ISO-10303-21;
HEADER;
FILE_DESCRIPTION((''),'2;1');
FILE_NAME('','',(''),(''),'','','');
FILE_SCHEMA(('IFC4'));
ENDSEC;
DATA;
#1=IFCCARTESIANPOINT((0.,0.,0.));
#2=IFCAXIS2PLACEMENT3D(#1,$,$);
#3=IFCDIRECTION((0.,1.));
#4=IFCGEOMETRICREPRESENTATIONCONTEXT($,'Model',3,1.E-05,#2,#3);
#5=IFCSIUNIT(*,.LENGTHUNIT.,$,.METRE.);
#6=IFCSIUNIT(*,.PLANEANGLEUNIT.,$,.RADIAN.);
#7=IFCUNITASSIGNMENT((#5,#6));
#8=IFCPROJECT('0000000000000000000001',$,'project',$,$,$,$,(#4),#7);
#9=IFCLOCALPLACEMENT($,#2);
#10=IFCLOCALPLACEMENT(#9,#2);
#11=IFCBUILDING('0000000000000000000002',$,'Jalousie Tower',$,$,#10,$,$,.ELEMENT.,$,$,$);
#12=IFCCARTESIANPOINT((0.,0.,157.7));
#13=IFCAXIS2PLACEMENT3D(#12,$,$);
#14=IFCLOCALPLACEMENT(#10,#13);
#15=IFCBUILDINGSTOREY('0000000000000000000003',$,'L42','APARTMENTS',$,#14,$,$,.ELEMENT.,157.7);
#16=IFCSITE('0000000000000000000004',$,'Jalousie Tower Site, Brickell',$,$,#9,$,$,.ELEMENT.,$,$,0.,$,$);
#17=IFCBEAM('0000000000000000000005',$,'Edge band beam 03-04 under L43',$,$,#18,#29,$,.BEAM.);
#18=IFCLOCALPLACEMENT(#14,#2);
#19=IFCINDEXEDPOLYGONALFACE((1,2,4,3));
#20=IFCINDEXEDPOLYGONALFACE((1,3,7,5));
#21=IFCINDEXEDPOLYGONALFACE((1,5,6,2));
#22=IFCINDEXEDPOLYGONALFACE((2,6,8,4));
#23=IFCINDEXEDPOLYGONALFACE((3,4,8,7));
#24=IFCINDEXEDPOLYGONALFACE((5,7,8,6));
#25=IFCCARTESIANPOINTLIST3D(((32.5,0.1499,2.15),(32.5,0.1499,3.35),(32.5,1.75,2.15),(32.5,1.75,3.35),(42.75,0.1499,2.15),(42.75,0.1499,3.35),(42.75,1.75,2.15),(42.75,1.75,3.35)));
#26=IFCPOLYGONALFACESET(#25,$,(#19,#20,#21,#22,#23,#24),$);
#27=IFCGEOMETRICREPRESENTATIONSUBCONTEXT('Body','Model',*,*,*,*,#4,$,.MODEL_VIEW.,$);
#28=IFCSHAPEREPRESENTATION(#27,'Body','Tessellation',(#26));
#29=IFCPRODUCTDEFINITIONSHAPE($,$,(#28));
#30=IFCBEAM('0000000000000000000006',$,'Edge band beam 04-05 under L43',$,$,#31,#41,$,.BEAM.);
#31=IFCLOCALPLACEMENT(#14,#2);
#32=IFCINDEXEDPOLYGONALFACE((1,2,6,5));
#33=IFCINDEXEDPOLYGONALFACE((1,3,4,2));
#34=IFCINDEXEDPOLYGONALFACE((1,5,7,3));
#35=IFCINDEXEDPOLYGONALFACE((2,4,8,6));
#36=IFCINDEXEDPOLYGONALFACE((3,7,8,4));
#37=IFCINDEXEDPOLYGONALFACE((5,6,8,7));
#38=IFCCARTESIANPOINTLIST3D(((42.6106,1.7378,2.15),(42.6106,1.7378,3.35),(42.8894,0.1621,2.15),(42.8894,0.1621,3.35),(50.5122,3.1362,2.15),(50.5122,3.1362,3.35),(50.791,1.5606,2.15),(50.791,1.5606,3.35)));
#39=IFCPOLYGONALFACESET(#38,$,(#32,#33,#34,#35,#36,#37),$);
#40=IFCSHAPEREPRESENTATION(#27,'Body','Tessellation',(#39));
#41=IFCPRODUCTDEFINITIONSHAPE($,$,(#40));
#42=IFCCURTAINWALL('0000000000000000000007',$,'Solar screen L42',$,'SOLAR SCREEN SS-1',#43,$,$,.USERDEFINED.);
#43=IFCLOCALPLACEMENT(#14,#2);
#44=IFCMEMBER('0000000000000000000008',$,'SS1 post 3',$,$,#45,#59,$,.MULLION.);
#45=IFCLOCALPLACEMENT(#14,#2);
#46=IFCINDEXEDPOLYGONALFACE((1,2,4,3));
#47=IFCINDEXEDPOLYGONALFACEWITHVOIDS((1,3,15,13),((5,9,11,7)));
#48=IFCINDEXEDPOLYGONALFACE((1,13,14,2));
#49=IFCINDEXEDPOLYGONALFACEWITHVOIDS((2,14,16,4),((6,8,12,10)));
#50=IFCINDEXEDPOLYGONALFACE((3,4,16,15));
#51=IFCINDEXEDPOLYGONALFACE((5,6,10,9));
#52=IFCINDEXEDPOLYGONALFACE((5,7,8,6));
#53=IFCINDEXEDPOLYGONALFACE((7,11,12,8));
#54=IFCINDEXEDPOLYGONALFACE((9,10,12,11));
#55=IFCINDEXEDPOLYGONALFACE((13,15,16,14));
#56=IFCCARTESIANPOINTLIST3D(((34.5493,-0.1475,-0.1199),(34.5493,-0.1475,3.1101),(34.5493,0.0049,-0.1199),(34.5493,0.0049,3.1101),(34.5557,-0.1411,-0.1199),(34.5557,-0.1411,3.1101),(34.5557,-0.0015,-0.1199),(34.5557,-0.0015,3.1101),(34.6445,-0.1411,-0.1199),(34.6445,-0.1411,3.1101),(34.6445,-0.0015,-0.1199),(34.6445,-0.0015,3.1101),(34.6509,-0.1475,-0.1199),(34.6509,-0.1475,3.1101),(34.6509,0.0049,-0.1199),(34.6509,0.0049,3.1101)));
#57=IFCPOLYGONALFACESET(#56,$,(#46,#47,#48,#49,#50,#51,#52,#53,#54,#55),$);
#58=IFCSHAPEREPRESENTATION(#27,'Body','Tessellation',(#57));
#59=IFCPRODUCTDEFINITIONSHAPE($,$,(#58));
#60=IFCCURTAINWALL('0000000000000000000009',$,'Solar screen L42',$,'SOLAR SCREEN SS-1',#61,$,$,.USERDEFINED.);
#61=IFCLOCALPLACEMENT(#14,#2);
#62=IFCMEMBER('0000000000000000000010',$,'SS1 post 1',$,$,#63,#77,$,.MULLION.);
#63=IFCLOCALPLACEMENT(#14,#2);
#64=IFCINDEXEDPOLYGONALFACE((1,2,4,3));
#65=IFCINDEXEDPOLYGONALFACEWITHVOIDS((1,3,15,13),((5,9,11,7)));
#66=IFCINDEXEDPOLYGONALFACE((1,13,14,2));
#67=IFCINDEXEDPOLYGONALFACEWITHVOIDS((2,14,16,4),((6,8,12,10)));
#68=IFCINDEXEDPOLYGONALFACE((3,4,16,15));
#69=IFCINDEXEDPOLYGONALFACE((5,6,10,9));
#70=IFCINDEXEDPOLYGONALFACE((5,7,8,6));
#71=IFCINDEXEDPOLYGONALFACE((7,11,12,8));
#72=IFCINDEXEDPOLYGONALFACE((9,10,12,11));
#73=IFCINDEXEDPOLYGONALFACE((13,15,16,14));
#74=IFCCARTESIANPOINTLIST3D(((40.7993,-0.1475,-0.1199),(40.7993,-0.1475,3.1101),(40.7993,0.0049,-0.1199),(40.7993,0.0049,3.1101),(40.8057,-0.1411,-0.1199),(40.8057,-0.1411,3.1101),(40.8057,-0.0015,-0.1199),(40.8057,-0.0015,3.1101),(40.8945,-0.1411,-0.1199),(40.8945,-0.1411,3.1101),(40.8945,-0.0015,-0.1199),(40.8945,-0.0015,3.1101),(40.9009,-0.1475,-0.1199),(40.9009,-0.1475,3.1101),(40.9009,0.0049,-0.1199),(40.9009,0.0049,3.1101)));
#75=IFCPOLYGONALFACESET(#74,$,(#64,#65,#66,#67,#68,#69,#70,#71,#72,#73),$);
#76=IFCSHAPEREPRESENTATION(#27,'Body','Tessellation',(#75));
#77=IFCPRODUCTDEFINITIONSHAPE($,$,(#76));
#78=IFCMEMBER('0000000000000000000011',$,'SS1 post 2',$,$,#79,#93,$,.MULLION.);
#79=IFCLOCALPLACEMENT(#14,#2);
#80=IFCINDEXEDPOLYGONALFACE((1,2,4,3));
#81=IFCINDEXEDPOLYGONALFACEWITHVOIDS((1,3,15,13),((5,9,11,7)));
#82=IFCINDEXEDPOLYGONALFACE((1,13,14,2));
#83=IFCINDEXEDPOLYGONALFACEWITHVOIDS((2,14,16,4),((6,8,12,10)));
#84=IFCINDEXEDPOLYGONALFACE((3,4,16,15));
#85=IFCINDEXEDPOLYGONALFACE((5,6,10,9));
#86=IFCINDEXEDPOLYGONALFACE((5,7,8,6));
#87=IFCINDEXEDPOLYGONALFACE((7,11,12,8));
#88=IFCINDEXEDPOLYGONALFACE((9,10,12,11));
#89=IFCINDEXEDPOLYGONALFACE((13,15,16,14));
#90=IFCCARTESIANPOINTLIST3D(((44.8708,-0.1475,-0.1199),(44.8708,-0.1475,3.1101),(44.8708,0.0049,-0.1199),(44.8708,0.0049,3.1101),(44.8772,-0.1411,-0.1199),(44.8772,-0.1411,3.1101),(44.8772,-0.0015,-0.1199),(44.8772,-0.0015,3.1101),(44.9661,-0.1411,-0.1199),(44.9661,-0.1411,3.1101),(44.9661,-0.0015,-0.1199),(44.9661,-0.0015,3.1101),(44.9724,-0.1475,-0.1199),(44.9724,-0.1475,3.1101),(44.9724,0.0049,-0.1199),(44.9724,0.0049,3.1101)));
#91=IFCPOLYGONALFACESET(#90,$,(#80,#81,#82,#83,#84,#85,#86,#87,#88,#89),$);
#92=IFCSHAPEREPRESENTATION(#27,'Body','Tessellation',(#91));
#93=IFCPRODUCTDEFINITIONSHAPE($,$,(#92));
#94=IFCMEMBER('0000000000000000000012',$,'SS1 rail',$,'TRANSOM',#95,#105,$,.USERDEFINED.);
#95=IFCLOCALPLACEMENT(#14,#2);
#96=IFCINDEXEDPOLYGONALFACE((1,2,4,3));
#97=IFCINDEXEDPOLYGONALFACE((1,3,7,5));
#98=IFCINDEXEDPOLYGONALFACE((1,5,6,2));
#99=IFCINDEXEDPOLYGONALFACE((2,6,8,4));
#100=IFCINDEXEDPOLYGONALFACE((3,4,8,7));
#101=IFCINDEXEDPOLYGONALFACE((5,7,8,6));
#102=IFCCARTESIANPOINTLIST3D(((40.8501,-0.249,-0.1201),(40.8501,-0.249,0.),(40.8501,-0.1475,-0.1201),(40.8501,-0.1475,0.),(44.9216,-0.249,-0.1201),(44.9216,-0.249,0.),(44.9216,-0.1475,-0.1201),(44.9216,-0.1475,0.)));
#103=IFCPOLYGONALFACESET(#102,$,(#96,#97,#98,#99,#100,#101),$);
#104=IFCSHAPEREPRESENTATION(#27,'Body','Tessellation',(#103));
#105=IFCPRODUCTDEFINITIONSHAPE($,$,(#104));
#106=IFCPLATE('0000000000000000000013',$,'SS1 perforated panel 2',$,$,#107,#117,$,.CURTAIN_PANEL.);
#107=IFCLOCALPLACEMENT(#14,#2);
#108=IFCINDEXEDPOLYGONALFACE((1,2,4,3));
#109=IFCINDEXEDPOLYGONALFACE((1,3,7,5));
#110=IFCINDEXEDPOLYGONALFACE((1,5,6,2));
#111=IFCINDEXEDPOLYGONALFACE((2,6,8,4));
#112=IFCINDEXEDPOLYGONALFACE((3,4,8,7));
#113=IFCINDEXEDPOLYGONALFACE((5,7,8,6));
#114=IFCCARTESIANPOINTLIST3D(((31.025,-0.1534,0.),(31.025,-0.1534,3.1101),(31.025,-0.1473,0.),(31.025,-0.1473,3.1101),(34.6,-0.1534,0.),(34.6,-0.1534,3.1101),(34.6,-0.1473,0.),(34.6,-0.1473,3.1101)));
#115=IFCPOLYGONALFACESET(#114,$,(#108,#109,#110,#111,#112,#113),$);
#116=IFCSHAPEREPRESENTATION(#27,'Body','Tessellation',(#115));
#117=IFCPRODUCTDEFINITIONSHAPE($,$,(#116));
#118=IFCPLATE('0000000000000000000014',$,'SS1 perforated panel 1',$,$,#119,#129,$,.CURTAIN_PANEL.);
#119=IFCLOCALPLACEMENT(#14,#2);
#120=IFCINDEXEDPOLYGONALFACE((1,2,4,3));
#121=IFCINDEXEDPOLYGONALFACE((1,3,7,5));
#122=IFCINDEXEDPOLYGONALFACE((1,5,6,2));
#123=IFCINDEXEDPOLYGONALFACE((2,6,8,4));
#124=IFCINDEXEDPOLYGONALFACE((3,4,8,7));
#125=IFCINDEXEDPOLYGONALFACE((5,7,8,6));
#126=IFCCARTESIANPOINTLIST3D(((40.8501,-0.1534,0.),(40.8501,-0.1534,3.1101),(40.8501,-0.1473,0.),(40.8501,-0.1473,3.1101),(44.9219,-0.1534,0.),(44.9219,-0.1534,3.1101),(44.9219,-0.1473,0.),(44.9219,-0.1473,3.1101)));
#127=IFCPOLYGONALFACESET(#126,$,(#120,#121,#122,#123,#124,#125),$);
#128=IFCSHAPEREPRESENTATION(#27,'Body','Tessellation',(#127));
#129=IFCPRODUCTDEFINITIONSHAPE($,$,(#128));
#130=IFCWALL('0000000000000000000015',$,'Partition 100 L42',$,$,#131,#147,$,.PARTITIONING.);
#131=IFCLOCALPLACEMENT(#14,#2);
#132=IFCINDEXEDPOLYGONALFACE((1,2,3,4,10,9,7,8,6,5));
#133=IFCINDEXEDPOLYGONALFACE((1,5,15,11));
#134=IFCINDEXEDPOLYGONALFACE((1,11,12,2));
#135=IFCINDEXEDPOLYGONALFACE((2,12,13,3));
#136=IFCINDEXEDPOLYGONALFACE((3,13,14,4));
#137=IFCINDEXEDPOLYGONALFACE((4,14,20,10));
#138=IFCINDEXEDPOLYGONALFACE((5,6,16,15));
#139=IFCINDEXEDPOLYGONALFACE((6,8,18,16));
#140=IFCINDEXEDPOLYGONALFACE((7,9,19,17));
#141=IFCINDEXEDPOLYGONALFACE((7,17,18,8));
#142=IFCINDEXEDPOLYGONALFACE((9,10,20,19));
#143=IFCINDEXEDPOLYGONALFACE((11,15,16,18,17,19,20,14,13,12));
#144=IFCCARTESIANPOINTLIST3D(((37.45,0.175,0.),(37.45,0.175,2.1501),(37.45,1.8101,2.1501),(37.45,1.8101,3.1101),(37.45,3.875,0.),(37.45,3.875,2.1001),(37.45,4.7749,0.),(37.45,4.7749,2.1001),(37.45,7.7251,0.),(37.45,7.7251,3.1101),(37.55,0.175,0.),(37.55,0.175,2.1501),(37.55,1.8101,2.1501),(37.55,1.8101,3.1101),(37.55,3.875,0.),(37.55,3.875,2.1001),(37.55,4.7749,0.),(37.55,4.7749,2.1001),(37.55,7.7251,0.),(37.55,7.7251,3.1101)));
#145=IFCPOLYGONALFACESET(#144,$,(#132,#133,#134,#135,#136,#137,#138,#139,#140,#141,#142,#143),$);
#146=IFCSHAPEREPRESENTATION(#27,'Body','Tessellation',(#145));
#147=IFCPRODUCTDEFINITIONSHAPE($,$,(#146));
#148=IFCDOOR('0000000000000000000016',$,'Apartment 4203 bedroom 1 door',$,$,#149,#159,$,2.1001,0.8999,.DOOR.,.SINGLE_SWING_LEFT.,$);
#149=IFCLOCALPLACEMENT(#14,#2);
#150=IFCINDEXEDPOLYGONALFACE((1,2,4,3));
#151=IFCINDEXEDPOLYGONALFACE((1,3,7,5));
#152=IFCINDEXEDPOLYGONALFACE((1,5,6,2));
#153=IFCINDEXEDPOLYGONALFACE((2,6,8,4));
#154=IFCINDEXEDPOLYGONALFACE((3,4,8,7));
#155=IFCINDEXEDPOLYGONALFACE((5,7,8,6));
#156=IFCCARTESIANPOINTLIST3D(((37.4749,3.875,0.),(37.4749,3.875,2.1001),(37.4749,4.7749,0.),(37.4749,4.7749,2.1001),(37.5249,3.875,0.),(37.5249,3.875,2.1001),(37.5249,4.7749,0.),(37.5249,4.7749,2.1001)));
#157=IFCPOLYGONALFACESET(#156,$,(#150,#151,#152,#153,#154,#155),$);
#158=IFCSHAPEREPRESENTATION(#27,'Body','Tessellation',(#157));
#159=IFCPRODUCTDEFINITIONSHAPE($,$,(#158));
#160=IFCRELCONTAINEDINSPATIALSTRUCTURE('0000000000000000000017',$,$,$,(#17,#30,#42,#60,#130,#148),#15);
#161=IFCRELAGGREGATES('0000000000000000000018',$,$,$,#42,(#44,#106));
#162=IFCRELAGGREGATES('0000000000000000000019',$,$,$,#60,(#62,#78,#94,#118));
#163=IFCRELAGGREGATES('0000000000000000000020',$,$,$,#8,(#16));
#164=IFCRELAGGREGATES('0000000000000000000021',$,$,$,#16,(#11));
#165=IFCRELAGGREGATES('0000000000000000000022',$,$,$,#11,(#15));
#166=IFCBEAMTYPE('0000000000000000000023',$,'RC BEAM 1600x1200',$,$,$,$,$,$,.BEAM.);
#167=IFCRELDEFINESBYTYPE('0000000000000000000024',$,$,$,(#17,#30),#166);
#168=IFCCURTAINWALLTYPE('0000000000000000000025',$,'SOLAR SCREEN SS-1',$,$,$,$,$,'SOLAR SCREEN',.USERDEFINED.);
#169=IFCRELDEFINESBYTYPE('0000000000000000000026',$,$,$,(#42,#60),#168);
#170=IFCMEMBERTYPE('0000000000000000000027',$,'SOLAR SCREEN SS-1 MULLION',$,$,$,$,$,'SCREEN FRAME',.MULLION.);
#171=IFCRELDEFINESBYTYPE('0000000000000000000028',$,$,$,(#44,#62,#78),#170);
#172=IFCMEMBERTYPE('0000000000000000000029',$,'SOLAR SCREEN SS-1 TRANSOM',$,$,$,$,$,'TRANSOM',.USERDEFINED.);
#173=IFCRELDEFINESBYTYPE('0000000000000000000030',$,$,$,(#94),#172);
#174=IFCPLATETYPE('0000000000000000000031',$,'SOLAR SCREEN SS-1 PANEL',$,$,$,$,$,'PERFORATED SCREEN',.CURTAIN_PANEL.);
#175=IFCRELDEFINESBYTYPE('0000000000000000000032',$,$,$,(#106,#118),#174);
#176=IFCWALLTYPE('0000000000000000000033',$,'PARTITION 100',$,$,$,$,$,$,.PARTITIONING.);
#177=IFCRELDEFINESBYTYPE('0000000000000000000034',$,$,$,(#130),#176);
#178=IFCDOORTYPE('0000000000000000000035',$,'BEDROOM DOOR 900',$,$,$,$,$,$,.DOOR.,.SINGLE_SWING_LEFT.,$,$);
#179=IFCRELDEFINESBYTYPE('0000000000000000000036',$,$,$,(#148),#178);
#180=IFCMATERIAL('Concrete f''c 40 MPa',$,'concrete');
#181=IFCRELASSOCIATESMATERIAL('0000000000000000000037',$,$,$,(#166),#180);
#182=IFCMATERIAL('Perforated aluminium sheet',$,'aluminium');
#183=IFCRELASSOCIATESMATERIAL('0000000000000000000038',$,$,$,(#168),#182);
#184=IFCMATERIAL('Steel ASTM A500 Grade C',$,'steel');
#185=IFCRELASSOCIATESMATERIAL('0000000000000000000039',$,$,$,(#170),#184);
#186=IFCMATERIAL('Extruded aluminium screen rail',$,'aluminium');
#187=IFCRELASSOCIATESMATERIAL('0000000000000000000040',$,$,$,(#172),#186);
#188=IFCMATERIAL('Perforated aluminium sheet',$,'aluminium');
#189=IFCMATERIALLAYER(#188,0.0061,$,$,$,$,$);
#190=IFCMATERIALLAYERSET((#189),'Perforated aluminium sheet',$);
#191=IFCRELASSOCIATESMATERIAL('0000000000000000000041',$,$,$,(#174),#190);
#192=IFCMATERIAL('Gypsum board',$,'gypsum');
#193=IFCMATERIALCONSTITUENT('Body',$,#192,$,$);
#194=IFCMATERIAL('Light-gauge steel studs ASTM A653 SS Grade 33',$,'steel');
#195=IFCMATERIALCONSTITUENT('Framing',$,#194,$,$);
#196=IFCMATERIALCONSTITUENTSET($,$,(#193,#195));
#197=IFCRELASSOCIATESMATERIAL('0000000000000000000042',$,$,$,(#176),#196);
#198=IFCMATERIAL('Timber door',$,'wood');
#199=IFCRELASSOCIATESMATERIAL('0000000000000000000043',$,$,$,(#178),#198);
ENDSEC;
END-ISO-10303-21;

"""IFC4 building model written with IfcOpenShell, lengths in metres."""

from ifc_helpers import new_model, si_unit, direction, frame, frame_2d, origin, origin_2d, place, context, subcontext, project, spatial, polyline, rectangle, hollow_rectangle, outline, extrude, material, layer, layer_set, constituent, constituent_set, material_profile, profile_set, type_object, element, fill, aggregate, save


model = new_model("IFC4")

# Units and contexts
model_context = context("Model", 3, precision=1e-05, world=origin(), true_north=direction((0.0, 1.0)))
body_context = subcontext(model_context, "Body", "Model", "MODEL_VIEW")
ifc_project = project(units=[si_unit("LENGTHUNIT", "METRE"), si_unit("PLANEANGLEUNIT", "RADIAN")], contexts=[model_context])

# Site, building, storey
site_placement = place(None, origin())
site = spatial("IfcSite", under=ifc_project, at=site_placement, Name="Jalousie Tower Site, Brickell", CompositionType="ELEMENT", RefElevation=0.0)
building_placement = place(site_placement, origin())
building = spatial("IfcBuilding", under=site, at=building_placement, Name="Jalousie Tower", CompositionType="ELEMENT")
storey_placement = place(building_placement, frame((0.0, 0.0, 157.7)))
storey = spatial("IfcBuildingStorey", under=building, at=storey_placement, Name="L42", Description="APARTMENTS", CompositionType="ELEMENT", Elevation=157.7)

# Beams
ifc_material_1 = material(Name="Concrete f'c 40 MPa", Category="concrete")
ifc_material_profile_1 = material_profile(ifc_material_1, rectangle(XDim=1.6001, YDim=1.2, at=origin_2d()), Name="RC 1600x1200")
ifc_profile_set_1 = profile_set([ifc_material_profile_1], Name="Concrete f'c 40 MPa")
beam_type_1 = type_object("IfcBeamType", Name="RC BEAM 1600x1200", PredefinedType="BEAM", material=ifc_profile_set_1)
beam_1_placement = place(storey_placement, frame((32.5, 0.95, 2.75), z_axis=(1.0, 0.0, 0.0), x_axis=(0.0, 1.0, 0.0)))
element("IfcBeam", 1, at=beam_1_placement, inside=storey, type_object=beam_type_1, Name="Edge band beam 03-04 under L43", PredefinedType="BEAM", context=body_context, shape_type="SweptSolid", body=[
    extrude(rectangle(XDim=1.6001, YDim=1.2, at=origin_2d()), origin(), (0.0, 0.0, 1.0), 10.25),
])
beam_2_placement = place(storey_placement, frame((42.75, 0.95, 2.75), z_axis=(0.984697, 0.174273, 0.0), x_axis=(-0.174273, 0.984697, 0.0)))
element("IfcBeam", 2, at=beam_2_placement, inside=storey, type_object=beam_type_1, Name="Edge band beam 04-05 under L43", PredefinedType="BEAM", context=body_context, shape_type="SweptSolid", body=[
    extrude(rectangle(XDim=1.6001, YDim=1.2, at=origin_2d()), origin(), (0.0, 0.0, 1.0), 8.0244),
])

# Curtain wall, member
ifc_material_2 = material(Name="Perforated aluminium sheet", Category="aluminium")
curtain_wall_type = type_object("IfcCurtainWallType", Name="SOLAR SCREEN SS-1", ElementType="SOLAR SCREEN", PredefinedType="USERDEFINED", material=ifc_material_2)
curtain_wall_1_placement = place(storey_placement, origin())
curtain_wall_1 = element("IfcCurtainWall", 3, at=curtain_wall_1_placement, inside=storey, type_object=curtain_wall_type, Name="Solar screen L42", ObjectType="SOLAR SCREEN SS-1", PredefinedType="USERDEFINED")
ifc_material_3 = material(Name="Steel ASTM A500 Grade C", Category="steel")
ifc_material_profile_2 = material_profile(ifc_material_3, hollow_rectangle(XDim=0.1016, YDim=0.1523, WallThickness=0.0063, at=origin_2d()), Name="HSS6X4X1/4")
ifc_profile_set_2 = profile_set([ifc_material_profile_2], Name="Steel ASTM A500 Grade C")
member_type_1 = type_object("IfcMemberType", Name="SOLAR SCREEN SS-1 MULLION", ElementType="SCREEN FRAME", PredefinedType="MULLION", material=ifc_profile_set_2)
member_1_placement = place(storey_placement, frame((34.6001, -0.0713, -0.1199), z_axis=(0.0, 0.0, 1.0), x_axis=(1.0, 0.0, 0.0)))
member_1 = element("IfcMember", 4, at=member_1_placement, type_object=member_type_1, Name="SS1 post 3", PredefinedType="MULLION", context=body_context, shape_type="SweptSolid", body=[
    extrude(hollow_rectangle(XDim=0.1016, YDim=0.1523, WallThickness=0.0063, at=origin_2d()), origin(), (0.0, 0.0, 1.0), 3.23),
])

# Curtain wall, members
curtain_wall_2_placement = place(storey_placement, origin())
curtain_wall_2 = element("IfcCurtainWall", 5, at=curtain_wall_2_placement, inside=storey, type_object=curtain_wall_type, Name="Solar screen L42", ObjectType="SOLAR SCREEN SS-1", PredefinedType="USERDEFINED")
member_2_placement = place(storey_placement, frame((40.8501, -0.0713, -0.1199), z_axis=(0.0, 0.0, 1.0), x_axis=(1.0, 0.0, 0.0)))
member_2 = element("IfcMember", 6, at=member_2_placement, type_object=member_type_1, Name="SS1 post 1", PredefinedType="MULLION", context=body_context, shape_type="SweptSolid", body=[
    extrude(hollow_rectangle(XDim=0.1016, YDim=0.1523, WallThickness=0.0063, at=origin_2d()), origin(), (0.0, 0.0, 1.0), 3.23),
])
member_3_placement = place(storey_placement, frame((44.9216, -0.0713, -0.1199), z_axis=(0.0, 0.0, 1.0), x_axis=(1.0, 0.0, 0.0)))
member_3 = element("IfcMember", 7, at=member_3_placement, type_object=member_type_1, Name="SS1 post 2", PredefinedType="MULLION", context=body_context, shape_type="SweptSolid", body=[
    extrude(hollow_rectangle(XDim=0.1016, YDim=0.1523, WallThickness=0.0063, at=origin_2d()), origin(), (0.0, 0.0, 1.0), 3.23),
])
ifc_material_4 = material(Name="Extruded aluminium screen rail", Category="aluminium")
ifc_material_profile_3 = material_profile(ifc_material_4, rectangle(XDim=0.1016, YDim=0.1201, at=origin_2d()), Name="RAIL 102x120")
ifc_profile_set_3 = profile_set([ifc_material_profile_3], Name="Extruded aluminium screen rail")
member_type_2 = type_object("IfcMemberType", Name="SOLAR SCREEN SS-1 TRANSOM", ElementType="TRANSOM", PredefinedType="USERDEFINED", material=ifc_profile_set_3)
member_4_placement = place(storey_placement, frame((40.8501, -0.1982, -0.0601), z_axis=(1.0, 0.0, 0.0), x_axis=(0.0, 1.0, 0.0)))
member_4 = element("IfcMember", 8, at=member_4_placement, type_object=member_type_2, Name="SS1 rail", ObjectType="TRANSOM", PredefinedType="USERDEFINED", context=body_context, shape_type="SweptSolid", body=[
    extrude(rectangle(XDim=0.1016, YDim=0.1201, at=origin_2d()), origin(), (0.0, 0.0, 1.0), 4.0715),
])

# Plates
ifc_material_5 = material(Name="Perforated aluminium sheet", Category="aluminium")
ifc_layer_1 = layer(ifc_material_5, 0.0061)
ifc_layer_set_1 = layer_set([ifc_layer_1], Name="Perforated aluminium sheet")
plate_type = type_object("IfcPlateType", Name="SOLAR SCREEN SS-1 PANEL", ElementType="PERFORATED SCREEN", PredefinedType="CURTAIN_PANEL", material=ifc_layer_set_1)
plate_1_placement = place(storey_placement, frame((32.8125, -0.1504, 0.0), z_axis=(0.0, 0.0, 1.0), x_axis=(1.0, 0.0, 0.0)))
plate_1 = element("IfcPlate", 9, at=plate_1_placement, type_object=plate_type, Name="SS1 perforated panel 2", PredefinedType="CURTAIN_PANEL", context=body_context, shape_type="SweptSolid", body=[
    extrude(rectangle(XDim=3.575, YDim=0.0061, at=origin_2d()), origin(), (0.0, 0.0, 1.0), 3.1101),
])
aggregate(curtain_wall_1, [member_1, plate_1])
plate_2_placement = place(storey_placement, frame((42.886, -0.1504, 0.0), z_axis=(0.0, 0.0, 1.0), x_axis=(1.0, 0.0, 0.0)))
plate_2 = element("IfcPlate", 10, at=plate_2_placement, type_object=plate_type, Name="SS1 perforated panel 1", PredefinedType="CURTAIN_PANEL", context=body_context, shape_type="SweptSolid", body=[
    extrude(rectangle(XDim=4.0718, YDim=0.0061, at=origin_2d()), origin(), (0.0, 0.0, 1.0), 3.1101),
])
aggregate(curtain_wall_2, [member_2, member_3, member_4, plate_2])

# Wall, opening, door
ifc_material_6 = material(Name="Gypsum board", Category="gypsum")
ifc_constituent_1 = constituent(ifc_material_6, Name="Body")
ifc_material_7 = material(Name="Light-gauge steel studs ASTM A653 SS Grade 33", Category="steel")
ifc_constituent_2 = constituent(ifc_material_7, Name="Framing")
ifc_constituent_set_1 = constituent_set(constituents=[ifc_constituent_1, ifc_constituent_2])
wall_type_1 = type_object("IfcWallType", Name="PARTITION 100", PredefinedType="PARTITIONING", material=ifc_constituent_set_1)
wall_1_placement = place(storey_placement, frame((37.5, 0.175, 0.0), z_axis=(0.0, 0.0, 1.0), x_axis=(0.0, 1.0, 0.0)))
wall_1 = element("IfcWall", 11, at=wall_1_placement, inside=storey, type_object=wall_type_1, Name="Partition 100 L42", PredefinedType="PARTITIONING", context=body_context, shape_type="SweptSolid", body=[
    extrude(outline(polyline([(0.0, 0.0), (7.55, 0.0), (7.55, 3.1101), (1.635, 3.1101), (1.635, 2.1501), (0.0, 2.1501), (0.0, 3.1101), (0.0, 0.0)])), frame((0.0, 0.05, 0.0), z_axis=(0.0, -1.0, 0.0), x_axis=(1.0, 0.0, 0.0)), (0.0, 0.0, 1.0), 0.1001),
])
opening_placement = place(wall_1_placement, frame((3.7, 0.0, 0.0)))
opening = element("IfcOpeningElement", 12, at=opening_placement, cuts=wall_1, PredefinedType="OPENING", context=body_context, shape_type="SweptSolid", body=[
    extrude(rectangle(XDim=0.8999, YDim=2.1001, at=frame_2d((0.45, 1.05))), frame((0.0, 0.0601, 0.0), z_axis=(0.0, -1.0, 0.0), x_axis=(1.0, 0.0, 0.0)), (0.0, 0.0, 1.0), 0.1201),
])
ifc_material_8 = material(Name="Timber door", Category="wood")
door_type = type_object("IfcDoorType", Name="BEDROOM DOOR 900", OperationType="SINGLE_SWING_LEFT", PredefinedType="DOOR", material=ifc_material_8)
door_placement = place(opening_placement, frame((0.8999, 0.0, 0.0), z_axis=(0.0, 0.0, 1.0), x_axis=(-1.0, 0.0, 0.0)))
door = element("IfcDoor", 13, at=door_placement, inside=storey, type_object=door_type, Name="Apartment 4203 bedroom 1 door", OperationType="SINGLE_SWING_LEFT", OverallHeight=2.1001, OverallWidth=0.8999, PredefinedType="DOOR", context=body_context, shape_type="SweptSolid", body=[
    extrude(rectangle(XDim=0.8999, YDim=2.1001, at=frame_2d((0.45, 1.05))), frame((0.0, 0.0249, 0.0), z_axis=(0.0, -1.0, 0.0), x_axis=(1.0, 0.0, 0.0)), (0.0, 0.0, 1.0), 0.05),
])
fill(opening, door)

save(model, "model.ifc")
